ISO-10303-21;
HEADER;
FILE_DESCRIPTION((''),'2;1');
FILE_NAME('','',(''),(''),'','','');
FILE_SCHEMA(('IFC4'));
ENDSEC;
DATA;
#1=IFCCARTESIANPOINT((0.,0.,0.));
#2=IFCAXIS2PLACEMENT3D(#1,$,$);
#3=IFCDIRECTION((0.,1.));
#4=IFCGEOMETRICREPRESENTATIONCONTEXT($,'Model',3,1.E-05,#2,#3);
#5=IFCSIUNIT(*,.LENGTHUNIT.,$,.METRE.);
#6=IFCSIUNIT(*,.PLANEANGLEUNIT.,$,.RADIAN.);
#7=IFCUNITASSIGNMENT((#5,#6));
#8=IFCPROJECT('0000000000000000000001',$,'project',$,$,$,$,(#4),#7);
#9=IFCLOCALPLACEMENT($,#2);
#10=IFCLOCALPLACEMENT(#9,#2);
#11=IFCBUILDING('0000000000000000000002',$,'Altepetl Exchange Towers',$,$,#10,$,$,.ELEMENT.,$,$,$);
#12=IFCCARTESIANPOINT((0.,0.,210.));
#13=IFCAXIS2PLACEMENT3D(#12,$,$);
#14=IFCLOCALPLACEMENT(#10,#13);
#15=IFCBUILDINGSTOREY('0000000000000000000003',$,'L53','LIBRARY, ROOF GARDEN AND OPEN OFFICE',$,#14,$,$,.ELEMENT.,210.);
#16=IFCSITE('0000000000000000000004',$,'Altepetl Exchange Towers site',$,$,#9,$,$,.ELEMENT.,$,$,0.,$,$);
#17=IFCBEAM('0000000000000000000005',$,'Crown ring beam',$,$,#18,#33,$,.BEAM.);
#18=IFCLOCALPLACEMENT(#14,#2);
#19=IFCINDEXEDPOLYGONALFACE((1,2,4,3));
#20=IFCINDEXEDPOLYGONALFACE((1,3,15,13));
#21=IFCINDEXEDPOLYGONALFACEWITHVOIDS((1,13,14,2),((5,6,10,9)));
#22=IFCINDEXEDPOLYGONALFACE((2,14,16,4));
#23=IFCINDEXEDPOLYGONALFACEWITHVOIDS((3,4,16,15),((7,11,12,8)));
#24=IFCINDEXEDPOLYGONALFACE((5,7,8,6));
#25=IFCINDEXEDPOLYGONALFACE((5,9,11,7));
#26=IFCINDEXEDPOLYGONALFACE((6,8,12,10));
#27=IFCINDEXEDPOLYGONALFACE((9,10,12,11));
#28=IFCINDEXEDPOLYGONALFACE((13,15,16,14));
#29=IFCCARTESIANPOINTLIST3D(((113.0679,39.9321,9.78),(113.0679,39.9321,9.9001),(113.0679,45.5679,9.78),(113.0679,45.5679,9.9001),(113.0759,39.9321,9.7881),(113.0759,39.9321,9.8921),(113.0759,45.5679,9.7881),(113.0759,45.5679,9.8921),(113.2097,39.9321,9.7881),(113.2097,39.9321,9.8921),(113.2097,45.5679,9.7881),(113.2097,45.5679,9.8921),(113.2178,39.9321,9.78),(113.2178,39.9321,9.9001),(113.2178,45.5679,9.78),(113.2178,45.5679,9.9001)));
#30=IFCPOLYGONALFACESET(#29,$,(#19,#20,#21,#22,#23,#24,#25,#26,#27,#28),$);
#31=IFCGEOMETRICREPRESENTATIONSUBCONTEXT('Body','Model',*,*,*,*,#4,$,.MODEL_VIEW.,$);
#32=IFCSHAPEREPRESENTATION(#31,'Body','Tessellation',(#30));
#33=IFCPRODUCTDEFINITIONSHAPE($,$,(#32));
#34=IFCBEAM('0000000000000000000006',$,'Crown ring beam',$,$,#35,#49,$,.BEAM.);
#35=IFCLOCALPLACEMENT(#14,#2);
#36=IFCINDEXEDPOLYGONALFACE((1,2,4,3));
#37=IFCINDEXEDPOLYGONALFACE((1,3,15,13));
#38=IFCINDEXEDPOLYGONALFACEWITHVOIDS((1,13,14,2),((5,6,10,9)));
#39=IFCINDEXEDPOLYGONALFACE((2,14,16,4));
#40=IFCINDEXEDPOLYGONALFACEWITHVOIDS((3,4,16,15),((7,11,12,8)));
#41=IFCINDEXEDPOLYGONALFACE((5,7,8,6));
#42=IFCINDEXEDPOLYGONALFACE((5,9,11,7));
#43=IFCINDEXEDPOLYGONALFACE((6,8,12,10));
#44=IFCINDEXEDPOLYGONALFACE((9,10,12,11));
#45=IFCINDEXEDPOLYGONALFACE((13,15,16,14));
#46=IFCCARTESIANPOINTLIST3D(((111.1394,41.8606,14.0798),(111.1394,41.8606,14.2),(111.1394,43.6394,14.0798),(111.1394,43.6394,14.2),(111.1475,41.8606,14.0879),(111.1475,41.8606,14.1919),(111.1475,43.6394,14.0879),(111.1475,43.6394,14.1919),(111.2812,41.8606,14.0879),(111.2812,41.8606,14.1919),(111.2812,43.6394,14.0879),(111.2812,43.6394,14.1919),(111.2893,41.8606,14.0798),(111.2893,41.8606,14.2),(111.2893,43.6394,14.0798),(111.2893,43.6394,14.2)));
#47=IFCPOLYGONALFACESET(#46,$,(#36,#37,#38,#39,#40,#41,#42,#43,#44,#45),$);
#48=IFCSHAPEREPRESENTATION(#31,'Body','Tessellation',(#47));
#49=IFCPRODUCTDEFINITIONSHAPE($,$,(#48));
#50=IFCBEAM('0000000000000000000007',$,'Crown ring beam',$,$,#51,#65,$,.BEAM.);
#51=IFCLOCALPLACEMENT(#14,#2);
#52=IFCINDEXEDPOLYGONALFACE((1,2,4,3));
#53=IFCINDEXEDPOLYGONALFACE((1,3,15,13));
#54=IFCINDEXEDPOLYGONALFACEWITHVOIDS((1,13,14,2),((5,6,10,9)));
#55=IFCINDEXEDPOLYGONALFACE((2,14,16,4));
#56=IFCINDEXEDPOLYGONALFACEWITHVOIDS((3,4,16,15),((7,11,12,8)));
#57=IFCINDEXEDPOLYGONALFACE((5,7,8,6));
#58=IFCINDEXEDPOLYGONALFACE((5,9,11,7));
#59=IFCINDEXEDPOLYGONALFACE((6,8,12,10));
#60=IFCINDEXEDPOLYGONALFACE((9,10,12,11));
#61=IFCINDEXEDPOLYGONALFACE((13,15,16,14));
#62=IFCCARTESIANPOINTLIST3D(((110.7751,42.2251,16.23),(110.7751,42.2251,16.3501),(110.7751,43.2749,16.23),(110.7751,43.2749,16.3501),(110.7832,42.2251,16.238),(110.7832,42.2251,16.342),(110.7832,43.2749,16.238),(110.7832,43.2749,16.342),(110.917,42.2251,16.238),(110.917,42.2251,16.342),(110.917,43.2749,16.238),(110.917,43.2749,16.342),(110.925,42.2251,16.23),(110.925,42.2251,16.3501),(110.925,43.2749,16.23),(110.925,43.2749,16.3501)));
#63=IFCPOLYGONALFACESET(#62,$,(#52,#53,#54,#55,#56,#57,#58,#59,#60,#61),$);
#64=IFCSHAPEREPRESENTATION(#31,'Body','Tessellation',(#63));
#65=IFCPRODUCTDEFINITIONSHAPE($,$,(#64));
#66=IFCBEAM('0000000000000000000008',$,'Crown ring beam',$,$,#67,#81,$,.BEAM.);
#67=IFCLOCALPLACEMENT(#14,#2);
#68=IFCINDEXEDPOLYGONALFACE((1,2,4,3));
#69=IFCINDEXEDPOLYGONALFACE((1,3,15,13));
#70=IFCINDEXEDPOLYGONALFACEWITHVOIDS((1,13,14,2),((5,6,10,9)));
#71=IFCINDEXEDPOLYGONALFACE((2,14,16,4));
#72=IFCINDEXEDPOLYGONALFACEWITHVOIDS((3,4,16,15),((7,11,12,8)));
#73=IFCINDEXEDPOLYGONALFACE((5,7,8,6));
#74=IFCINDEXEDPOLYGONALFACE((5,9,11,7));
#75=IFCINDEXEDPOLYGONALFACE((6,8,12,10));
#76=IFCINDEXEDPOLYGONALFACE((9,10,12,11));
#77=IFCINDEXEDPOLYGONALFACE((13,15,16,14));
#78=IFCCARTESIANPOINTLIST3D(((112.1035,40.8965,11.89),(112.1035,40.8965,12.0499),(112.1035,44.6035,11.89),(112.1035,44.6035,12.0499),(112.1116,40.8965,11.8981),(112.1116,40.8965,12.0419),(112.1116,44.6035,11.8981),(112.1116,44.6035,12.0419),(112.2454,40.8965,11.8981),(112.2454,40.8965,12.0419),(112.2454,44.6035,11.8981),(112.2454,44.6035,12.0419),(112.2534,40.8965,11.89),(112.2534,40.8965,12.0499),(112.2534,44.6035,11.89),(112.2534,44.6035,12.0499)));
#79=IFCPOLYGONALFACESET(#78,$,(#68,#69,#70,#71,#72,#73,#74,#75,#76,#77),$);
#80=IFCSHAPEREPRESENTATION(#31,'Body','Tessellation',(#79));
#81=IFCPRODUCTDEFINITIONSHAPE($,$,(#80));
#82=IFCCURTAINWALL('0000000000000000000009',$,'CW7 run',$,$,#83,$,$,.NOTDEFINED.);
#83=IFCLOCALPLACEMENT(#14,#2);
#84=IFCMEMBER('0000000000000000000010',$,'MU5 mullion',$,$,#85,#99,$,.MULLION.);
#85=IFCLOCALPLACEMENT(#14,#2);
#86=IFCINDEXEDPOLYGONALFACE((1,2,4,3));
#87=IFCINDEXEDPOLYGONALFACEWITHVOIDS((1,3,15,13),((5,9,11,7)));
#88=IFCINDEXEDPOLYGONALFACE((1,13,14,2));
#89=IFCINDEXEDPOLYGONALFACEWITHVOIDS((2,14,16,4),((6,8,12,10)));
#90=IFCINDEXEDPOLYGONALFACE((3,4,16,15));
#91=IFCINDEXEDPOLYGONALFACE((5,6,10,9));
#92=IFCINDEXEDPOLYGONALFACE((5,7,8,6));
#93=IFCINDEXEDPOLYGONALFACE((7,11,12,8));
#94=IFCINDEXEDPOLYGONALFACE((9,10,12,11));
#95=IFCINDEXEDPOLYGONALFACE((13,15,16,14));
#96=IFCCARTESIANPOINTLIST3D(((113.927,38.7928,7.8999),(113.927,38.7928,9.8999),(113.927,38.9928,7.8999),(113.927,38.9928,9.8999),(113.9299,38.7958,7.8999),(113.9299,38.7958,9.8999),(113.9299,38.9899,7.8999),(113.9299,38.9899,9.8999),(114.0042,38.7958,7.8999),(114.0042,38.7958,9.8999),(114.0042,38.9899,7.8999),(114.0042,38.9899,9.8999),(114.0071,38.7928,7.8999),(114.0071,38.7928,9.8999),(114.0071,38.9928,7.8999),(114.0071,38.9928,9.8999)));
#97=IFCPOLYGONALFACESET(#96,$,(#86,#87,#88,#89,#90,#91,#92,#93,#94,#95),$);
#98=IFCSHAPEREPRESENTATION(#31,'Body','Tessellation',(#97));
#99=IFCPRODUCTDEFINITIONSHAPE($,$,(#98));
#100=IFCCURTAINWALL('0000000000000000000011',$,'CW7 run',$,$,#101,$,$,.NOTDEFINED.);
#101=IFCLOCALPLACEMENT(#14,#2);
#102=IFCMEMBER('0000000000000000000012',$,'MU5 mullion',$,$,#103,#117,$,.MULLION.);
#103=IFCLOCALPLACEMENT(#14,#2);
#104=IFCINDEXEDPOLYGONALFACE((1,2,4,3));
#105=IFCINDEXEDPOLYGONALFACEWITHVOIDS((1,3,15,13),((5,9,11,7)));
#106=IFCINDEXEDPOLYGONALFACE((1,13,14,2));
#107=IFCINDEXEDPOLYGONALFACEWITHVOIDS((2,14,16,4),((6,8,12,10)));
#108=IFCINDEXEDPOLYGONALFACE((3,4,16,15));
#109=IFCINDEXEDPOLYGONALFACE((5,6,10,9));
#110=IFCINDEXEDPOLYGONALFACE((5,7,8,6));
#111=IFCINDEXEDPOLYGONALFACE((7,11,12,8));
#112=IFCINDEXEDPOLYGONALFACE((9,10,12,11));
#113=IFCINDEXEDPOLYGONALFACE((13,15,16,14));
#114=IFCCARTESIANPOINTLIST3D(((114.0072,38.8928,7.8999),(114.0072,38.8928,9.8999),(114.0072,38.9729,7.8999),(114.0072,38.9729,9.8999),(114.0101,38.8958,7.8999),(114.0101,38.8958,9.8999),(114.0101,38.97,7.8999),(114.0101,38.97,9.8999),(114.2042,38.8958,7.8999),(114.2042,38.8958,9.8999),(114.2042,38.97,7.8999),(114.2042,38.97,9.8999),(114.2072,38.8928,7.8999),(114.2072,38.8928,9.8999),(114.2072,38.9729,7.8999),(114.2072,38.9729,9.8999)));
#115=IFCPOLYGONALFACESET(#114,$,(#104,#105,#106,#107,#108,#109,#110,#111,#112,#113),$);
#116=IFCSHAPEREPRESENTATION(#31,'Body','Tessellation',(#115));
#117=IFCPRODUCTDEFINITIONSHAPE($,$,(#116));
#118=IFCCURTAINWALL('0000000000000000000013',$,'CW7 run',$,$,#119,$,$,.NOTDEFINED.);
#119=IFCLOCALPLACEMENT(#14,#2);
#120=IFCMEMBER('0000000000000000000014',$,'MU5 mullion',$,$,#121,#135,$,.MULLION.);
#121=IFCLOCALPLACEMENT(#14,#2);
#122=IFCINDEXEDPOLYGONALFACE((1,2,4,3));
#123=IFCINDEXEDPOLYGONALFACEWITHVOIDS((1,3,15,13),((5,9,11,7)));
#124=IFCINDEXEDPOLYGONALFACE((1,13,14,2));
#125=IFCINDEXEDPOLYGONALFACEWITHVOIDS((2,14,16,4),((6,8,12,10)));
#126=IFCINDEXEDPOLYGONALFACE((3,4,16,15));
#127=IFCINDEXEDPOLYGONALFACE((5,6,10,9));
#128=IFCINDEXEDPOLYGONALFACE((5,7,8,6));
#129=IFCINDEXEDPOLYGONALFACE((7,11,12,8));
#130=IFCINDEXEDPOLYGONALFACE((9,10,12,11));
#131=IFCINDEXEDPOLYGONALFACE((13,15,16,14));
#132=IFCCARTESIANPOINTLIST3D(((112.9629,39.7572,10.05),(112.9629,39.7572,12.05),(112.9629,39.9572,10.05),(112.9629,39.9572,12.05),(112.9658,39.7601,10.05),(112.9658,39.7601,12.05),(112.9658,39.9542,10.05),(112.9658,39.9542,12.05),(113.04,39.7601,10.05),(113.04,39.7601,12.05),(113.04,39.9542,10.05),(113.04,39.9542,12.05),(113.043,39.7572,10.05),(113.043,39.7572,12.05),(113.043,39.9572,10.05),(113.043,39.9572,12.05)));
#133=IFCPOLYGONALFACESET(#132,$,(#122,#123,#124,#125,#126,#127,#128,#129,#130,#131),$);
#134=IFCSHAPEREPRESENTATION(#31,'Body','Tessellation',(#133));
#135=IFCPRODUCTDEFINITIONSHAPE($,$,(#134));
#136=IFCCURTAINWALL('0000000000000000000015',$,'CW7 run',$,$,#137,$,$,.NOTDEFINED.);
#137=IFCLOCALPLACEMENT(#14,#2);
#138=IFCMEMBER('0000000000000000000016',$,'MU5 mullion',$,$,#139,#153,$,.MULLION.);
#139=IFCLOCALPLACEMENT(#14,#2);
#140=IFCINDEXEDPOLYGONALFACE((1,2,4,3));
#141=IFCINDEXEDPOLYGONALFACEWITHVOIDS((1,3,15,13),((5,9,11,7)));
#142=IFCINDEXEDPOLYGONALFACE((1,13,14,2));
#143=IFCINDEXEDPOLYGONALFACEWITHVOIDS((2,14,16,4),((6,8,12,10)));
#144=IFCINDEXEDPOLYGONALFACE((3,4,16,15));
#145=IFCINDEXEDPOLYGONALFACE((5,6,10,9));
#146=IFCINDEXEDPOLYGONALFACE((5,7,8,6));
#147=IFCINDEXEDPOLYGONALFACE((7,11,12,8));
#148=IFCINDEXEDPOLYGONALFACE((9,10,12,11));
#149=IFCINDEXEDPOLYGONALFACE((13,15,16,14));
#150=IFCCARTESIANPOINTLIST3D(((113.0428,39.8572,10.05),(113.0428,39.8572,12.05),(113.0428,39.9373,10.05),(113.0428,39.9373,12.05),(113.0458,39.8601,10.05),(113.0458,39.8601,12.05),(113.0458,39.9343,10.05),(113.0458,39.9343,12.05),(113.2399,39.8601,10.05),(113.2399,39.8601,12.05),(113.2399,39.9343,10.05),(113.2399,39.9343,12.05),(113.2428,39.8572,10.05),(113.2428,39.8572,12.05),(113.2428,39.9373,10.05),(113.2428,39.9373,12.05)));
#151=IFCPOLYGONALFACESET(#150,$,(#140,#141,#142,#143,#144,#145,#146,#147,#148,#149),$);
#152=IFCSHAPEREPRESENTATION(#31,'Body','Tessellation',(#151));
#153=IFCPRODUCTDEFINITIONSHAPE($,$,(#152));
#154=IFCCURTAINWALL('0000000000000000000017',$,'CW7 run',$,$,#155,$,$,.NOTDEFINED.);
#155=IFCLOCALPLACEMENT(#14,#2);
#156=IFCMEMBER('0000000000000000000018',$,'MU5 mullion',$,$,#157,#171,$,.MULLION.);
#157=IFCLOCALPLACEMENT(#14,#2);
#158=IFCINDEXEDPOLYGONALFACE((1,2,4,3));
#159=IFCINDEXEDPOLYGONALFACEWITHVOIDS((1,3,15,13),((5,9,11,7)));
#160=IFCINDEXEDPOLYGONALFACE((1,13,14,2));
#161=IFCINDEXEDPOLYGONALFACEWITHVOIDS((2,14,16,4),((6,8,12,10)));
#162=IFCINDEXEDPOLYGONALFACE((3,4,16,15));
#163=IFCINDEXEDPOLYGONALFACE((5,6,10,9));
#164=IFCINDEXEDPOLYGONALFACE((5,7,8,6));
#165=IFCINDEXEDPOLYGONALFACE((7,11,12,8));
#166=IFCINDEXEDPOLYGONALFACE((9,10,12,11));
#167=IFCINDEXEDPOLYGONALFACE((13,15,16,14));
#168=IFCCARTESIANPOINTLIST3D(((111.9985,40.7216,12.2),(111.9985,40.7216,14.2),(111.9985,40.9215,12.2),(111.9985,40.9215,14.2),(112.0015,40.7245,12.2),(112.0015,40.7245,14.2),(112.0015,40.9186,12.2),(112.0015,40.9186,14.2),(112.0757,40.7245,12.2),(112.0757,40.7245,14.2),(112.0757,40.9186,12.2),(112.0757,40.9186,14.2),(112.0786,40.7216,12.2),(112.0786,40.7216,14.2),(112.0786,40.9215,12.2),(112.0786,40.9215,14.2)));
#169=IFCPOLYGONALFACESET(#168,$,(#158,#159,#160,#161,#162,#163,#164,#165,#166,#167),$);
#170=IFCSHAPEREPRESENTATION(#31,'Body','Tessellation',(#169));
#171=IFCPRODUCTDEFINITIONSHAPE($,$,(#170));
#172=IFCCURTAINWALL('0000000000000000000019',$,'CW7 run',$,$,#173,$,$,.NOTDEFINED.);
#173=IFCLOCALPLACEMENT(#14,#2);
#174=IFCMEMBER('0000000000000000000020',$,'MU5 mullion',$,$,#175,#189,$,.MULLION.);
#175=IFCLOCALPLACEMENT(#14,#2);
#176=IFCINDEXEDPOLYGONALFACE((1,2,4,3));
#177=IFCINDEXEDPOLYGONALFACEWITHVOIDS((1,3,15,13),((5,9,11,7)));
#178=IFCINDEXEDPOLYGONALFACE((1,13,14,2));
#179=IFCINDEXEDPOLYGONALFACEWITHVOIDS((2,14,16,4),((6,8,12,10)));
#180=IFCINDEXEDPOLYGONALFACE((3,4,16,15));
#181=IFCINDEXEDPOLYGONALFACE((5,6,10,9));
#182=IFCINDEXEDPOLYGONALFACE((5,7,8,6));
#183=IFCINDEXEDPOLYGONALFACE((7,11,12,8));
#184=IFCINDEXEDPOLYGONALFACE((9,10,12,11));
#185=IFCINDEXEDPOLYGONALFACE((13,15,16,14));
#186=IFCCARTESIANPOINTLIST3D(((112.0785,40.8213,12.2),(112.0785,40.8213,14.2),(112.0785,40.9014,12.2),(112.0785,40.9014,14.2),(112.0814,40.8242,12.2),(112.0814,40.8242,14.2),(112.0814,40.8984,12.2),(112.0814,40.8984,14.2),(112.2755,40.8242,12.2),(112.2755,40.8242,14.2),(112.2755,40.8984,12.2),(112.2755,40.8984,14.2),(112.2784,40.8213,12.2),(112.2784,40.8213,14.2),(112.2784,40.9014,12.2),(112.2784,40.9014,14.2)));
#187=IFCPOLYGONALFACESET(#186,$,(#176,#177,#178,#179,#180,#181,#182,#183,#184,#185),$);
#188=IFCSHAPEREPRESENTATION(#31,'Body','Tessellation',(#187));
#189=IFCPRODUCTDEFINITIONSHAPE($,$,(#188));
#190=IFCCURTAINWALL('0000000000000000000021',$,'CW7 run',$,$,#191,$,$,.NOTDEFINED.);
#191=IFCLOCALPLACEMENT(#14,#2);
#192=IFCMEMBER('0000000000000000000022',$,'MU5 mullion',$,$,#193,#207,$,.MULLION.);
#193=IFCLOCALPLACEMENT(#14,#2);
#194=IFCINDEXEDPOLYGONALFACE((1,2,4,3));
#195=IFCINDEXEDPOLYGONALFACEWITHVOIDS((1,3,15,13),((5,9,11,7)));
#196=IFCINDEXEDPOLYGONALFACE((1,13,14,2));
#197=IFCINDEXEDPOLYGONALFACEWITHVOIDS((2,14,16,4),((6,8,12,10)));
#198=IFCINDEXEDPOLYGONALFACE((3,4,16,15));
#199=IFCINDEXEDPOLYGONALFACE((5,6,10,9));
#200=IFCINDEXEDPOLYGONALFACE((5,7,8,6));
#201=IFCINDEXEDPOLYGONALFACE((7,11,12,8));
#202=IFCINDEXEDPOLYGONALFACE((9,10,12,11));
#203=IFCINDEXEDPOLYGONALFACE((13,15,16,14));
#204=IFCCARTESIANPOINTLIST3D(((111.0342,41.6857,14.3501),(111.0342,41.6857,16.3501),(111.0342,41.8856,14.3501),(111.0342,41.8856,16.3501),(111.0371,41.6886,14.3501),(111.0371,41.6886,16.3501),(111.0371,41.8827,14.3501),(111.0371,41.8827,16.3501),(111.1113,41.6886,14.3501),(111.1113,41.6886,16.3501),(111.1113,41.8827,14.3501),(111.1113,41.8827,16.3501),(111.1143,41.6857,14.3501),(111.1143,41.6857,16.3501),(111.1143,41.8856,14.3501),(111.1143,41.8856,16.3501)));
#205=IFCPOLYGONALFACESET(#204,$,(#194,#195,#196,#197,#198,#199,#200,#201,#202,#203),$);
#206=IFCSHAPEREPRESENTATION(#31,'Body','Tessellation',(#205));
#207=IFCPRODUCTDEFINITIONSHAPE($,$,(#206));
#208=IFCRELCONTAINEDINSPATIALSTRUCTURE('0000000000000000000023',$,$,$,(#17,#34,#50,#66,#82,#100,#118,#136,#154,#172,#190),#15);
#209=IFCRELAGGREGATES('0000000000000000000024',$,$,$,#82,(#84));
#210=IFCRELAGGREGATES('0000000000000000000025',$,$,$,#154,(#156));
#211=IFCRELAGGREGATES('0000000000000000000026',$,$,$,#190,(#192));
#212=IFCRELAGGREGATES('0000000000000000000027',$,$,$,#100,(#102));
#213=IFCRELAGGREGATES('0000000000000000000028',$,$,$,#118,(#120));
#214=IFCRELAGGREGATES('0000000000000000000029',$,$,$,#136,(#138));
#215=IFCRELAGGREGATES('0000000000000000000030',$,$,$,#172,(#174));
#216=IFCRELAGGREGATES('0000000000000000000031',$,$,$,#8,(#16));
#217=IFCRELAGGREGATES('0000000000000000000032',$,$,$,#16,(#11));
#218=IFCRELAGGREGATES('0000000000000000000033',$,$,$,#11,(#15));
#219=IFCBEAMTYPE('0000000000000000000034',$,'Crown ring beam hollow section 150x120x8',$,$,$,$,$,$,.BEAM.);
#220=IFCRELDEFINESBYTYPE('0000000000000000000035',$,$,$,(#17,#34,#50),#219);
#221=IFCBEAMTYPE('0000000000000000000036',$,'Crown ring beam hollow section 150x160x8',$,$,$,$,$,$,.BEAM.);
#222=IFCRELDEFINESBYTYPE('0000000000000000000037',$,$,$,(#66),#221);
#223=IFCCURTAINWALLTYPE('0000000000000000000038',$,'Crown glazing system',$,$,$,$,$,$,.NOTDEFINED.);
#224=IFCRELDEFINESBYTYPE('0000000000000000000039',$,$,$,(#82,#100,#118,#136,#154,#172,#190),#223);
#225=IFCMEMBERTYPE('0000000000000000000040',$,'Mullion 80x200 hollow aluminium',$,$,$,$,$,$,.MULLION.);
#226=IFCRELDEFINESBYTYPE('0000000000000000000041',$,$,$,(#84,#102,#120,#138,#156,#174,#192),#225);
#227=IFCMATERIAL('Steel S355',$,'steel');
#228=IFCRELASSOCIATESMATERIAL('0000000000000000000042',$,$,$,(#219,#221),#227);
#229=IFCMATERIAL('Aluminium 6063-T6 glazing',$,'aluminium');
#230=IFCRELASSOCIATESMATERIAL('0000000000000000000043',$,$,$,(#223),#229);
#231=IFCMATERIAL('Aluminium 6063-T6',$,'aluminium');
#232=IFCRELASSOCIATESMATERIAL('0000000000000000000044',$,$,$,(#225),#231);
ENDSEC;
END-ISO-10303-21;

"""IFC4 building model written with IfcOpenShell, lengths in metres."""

from ifc_helpers import new_model, si_unit, direction, frame, origin, origin_2d, place, context, subcontext, project, spatial, hollow_rectangle, extrude, material, material_profile, profile_set, type_object, element, aggregate, save


model = new_model("IFC4")

# Units and contexts
model_context = context("Model", 3, precision=1e-05, world=origin(), true_north=direction((0.0, 1.0)))
body_context = subcontext(model_context, "Body", "Model", "MODEL_VIEW")
ifc_project = project(units=[si_unit("LENGTHUNIT", "METRE"), si_unit("PLANEANGLEUNIT", "RADIAN")], contexts=[model_context])

# Site, building, storey
site_placement = place(None, origin())
site = spatial("IfcSite", under=ifc_project, at=site_placement, Name="Altepetl Exchange Towers site", CompositionType="ELEMENT", RefElevation=0.0)
building_placement = place(site_placement, origin())
building = spatial("IfcBuilding", under=site, at=building_placement, Name="Altepetl Exchange Towers", CompositionType="ELEMENT")
storey_placement = place(building_placement, frame((0.0, 0.0, 210.0)))
storey = spatial("IfcBuildingStorey", under=building, at=storey_placement, Name="L53", Description="LIBRARY, ROOF GARDEN AND OPEN OFFICE", CompositionType="ELEMENT", Elevation=210.0)

# Beams
ifc_material_1 = material(Name="Steel S355", Category="steel")
ifc_material_profile_1 = material_profile(ifc_material_1, hollow_rectangle(XDim=0.1499, YDim=0.1201, WallThickness=0.0081, at=origin_2d()), Name="RHS 120x150x8")
ifc_profile_set_1 = profile_set([ifc_material_profile_1], Name="Steel S355")
beam_type_1 = type_object("IfcBeamType", Name="Crown ring beam hollow section 150x120x8", PredefinedType="BEAM", material=ifc_profile_set_1)
beam_1_placement = place(storey_placement, frame((113.1428, 39.9321, 9.8401), z_axis=(0.0, 1.0, 0.0), x_axis=(-1.0, 0.0, 0.0)))
element("IfcBeam", 1, at=beam_1_placement, inside=storey, type_object=beam_type_1, Name="Crown ring beam", PredefinedType="BEAM", context=body_context, shape_type="SweptSolid", body=[
    extrude(hollow_rectangle(XDim=0.1499, YDim=0.1201, WallThickness=0.0081, at=origin_2d()), origin(), (0.0, 0.0, 1.0), 5.6357),
])
beam_2_placement = place(storey_placement, frame((111.2144, 41.8606, 14.1399), z_axis=(0.0, 1.0, 0.0), x_axis=(-1.0, 0.0, 0.0)))
element("IfcBeam", 2, at=beam_2_placement, inside=storey, type_object=beam_type_1, Name="Crown ring beam", PredefinedType="BEAM", context=body_context, shape_type="SweptSolid", body=[
    extrude(hollow_rectangle(XDim=0.1499, YDim=0.1201, WallThickness=0.0081, at=origin_2d()), origin(), (0.0, 0.0, 1.0), 1.7788),
])
beam_3_placement = place(storey_placement, frame((110.8501, 42.2251, 16.29), z_axis=(0.0, 1.0, 0.0), x_axis=(-1.0, 0.0, 0.0)))
element("IfcBeam", 3, at=beam_3_placement, inside=storey, type_object=beam_type_1, Name="Crown ring beam", PredefinedType="BEAM", context=body_context, shape_type="SweptSolid", body=[
    extrude(hollow_rectangle(XDim=0.1499, YDim=0.1201, WallThickness=0.0081, at=origin_2d()), origin(), (0.0, 0.0, 1.0), 1.0498),
])
ifc_material_profile_2 = material_profile(ifc_material_1, hollow_rectangle(XDim=0.1499, YDim=0.1599, WallThickness=0.0081, at=origin_2d()), Name="RHS 160x150x8")
ifc_profile_set_2 = profile_set([ifc_material_profile_2], Name="Steel S355")
beam_type_2 = type_object("IfcBeamType", Name="Crown ring beam hollow section 150x160x8", PredefinedType="BEAM", material=ifc_profile_set_2)
beam_4_placement = place(storey_placement, frame((112.1785, 40.8965, 11.97), z_axis=(0.0, 1.0, 0.0), x_axis=(-1.0, 0.0, 0.0)))
element("IfcBeam", 4, at=beam_4_placement, inside=storey, type_object=beam_type_2, Name="Crown ring beam", PredefinedType="BEAM", context=body_context, shape_type="SweptSolid", body=[
    extrude(hollow_rectangle(XDim=0.1499, YDim=0.1599, WallThickness=0.0081, at=origin_2d()), origin(), (0.0, 0.0, 1.0), 3.707),
])

# Curtain walls, members
ifc_material_2 = material(Name="Aluminium 6063-T6 glazing", Category="aluminium")
curtain_wall_type = type_object("IfcCurtainWallType", Name="Crown glazing system", PredefinedType="NOTDEFINED", material=ifc_material_2)
curtain_wall_1_placement = place(storey_placement, origin())
curtain_wall_1 = element("IfcCurtainWall", 5, at=curtain_wall_1_placement, inside=storey, type_object=curtain_wall_type, Name="CW7 run", PredefinedType="NOTDEFINED")
ifc_material_3 = material(Name="Aluminium 6063-T6", Category="aluminium")
ifc_material_profile_3 = material_profile(ifc_material_3, hollow_rectangle(XDim=0.0801, YDim=0.2, WallThickness=0.0029, at=origin_2d()), Name="Mullion 80x200 hollow aluminium")
ifc_profile_set_3 = profile_set([ifc_material_profile_3], Name="Aluminium 6063-T6")
member_type = type_object("IfcMemberType", Name="Mullion 80x200 hollow aluminium", PredefinedType="MULLION", material=ifc_profile_set_3)
member_1_placement = place(storey_placement, frame((113.967, 38.8928, 7.8999)))
member_1 = element("IfcMember", 6, at=member_1_placement, type_object=member_type, Name="MU5 mullion", PredefinedType="MULLION", context=body_context, shape_type="SweptSolid", body=[
    extrude(hollow_rectangle(XDim=0.0801, YDim=0.2, WallThickness=0.0029, at=origin_2d()), origin(), (0.0, 0.0, 1.0), 2.0),
])
aggregate(curtain_wall_1, [member_1])
curtain_wall_2_placement = place(storey_placement, origin())
curtain_wall_2 = element("IfcCurtainWall", 7, at=curtain_wall_2_placement, inside=storey, type_object=curtain_wall_type, Name="CW7 run", PredefinedType="NOTDEFINED")
member_2_placement = place(storey_placement, frame((114.1072, 38.9329, 7.8999), z_axis=(0.0, 0.0, 1.0), x_axis=(0.0, 1.0, 0.0)))
member_2 = element("IfcMember", 8, at=member_2_placement, type_object=member_type, Name="MU5 mullion", PredefinedType="MULLION", context=body_context, shape_type="SweptSolid", body=[
    extrude(hollow_rectangle(XDim=0.0801, YDim=0.2, WallThickness=0.0029, at=origin_2d()), origin(), (0.0, 0.0, 1.0), 2.0),
])
curtain_wall_3_placement = place(storey_placement, origin())
curtain_wall_3 = element("IfcCurtainWall", 9, at=curtain_wall_3_placement, inside=storey, type_object=curtain_wall_type, Name="CW7 run", PredefinedType="NOTDEFINED")
member_3_placement = place(storey_placement, frame((113.0029, 39.8572, 10.05)))
member_3 = element("IfcMember", 10, at=member_3_placement, type_object=member_type, Name="MU5 mullion", PredefinedType="MULLION", context=body_context, shape_type="SweptSolid", body=[
    extrude(hollow_rectangle(XDim=0.0801, YDim=0.2, WallThickness=0.0029, at=origin_2d()), origin(), (0.0, 0.0, 1.0), 2.0),
])
curtain_wall_4_placement = place(storey_placement, origin())
curtain_wall_4 = element("IfcCurtainWall", 11, at=curtain_wall_4_placement, inside=storey, type_object=curtain_wall_type, Name="CW7 run", PredefinedType="NOTDEFINED")
member_4_placement = place(storey_placement, frame((113.1428, 39.8972, 10.05), z_axis=(0.0, 0.0, 1.0), x_axis=(0.0, 1.0, 0.0)))
member_4 = element("IfcMember", 12, at=member_4_placement, type_object=member_type, Name="MU5 mullion", PredefinedType="MULLION", context=body_context, shape_type="SweptSolid", body=[
    extrude(hollow_rectangle(XDim=0.0801, YDim=0.2, WallThickness=0.0029, at=origin_2d()), origin(), (0.0, 0.0, 1.0), 2.0),
])
curtain_wall_5_placement = place(storey_placement, origin())
curtain_wall_5 = element("IfcCurtainWall", 13, at=curtain_wall_5_placement, inside=storey, type_object=curtain_wall_type, Name="CW7 run", PredefinedType="NOTDEFINED")
member_5_placement = place(storey_placement, frame((112.0386, 40.8215, 12.2)))
member_5 = element("IfcMember", 14, at=member_5_placement, type_object=member_type, Name="MU5 mullion", PredefinedType="MULLION", context=body_context, shape_type="SweptSolid", body=[
    extrude(hollow_rectangle(XDim=0.0801, YDim=0.2, WallThickness=0.0029, at=origin_2d()), origin(), (0.0, 0.0, 1.0), 2.0),
])
aggregate(curtain_wall_5, [member_5])
curtain_wall_6_placement = place(storey_placement, origin())
curtain_wall_6 = element("IfcCurtainWall", 15, at=curtain_wall_6_placement, inside=storey, type_object=curtain_wall_type, Name="CW7 run", PredefinedType="NOTDEFINED")
member_6_placement = place(storey_placement, frame((112.1785, 40.8613, 12.2), z_axis=(0.0, 0.0, 1.0), x_axis=(0.0, 1.0, 0.0)))
member_6 = element("IfcMember", 16, at=member_6_placement, type_object=member_type, Name="MU5 mullion", PredefinedType="MULLION", context=body_context, shape_type="SweptSolid", body=[
    extrude(hollow_rectangle(XDim=0.0801, YDim=0.2, WallThickness=0.0029, at=origin_2d()), origin(), (0.0, 0.0, 1.0), 2.0),
])
curtain_wall_7_placement = place(storey_placement, origin())
curtain_wall_7 = element("IfcCurtainWall", 17, at=curtain_wall_7_placement, inside=storey, type_object=curtain_wall_type, Name="CW7 run", PredefinedType="NOTDEFINED")
member_7_placement = place(storey_placement, frame((111.0742, 41.7856, 14.3501)))
member_7 = element("IfcMember", 18, at=member_7_placement, type_object=member_type, Name="MU5 mullion", PredefinedType="MULLION", context=body_context, shape_type="SweptSolid", body=[
    extrude(hollow_rectangle(XDim=0.0801, YDim=0.2, WallThickness=0.0029, at=origin_2d()), origin(), (0.0, 0.0, 1.0), 2.0),
])
aggregate(curtain_wall_7, [member_7])

aggregate(curtain_wall_2, [member_2])
aggregate(curtain_wall_3, [member_3])
aggregate(curtain_wall_4, [member_4])
aggregate(curtain_wall_6, [member_6])

save(model, "model.ifc")
